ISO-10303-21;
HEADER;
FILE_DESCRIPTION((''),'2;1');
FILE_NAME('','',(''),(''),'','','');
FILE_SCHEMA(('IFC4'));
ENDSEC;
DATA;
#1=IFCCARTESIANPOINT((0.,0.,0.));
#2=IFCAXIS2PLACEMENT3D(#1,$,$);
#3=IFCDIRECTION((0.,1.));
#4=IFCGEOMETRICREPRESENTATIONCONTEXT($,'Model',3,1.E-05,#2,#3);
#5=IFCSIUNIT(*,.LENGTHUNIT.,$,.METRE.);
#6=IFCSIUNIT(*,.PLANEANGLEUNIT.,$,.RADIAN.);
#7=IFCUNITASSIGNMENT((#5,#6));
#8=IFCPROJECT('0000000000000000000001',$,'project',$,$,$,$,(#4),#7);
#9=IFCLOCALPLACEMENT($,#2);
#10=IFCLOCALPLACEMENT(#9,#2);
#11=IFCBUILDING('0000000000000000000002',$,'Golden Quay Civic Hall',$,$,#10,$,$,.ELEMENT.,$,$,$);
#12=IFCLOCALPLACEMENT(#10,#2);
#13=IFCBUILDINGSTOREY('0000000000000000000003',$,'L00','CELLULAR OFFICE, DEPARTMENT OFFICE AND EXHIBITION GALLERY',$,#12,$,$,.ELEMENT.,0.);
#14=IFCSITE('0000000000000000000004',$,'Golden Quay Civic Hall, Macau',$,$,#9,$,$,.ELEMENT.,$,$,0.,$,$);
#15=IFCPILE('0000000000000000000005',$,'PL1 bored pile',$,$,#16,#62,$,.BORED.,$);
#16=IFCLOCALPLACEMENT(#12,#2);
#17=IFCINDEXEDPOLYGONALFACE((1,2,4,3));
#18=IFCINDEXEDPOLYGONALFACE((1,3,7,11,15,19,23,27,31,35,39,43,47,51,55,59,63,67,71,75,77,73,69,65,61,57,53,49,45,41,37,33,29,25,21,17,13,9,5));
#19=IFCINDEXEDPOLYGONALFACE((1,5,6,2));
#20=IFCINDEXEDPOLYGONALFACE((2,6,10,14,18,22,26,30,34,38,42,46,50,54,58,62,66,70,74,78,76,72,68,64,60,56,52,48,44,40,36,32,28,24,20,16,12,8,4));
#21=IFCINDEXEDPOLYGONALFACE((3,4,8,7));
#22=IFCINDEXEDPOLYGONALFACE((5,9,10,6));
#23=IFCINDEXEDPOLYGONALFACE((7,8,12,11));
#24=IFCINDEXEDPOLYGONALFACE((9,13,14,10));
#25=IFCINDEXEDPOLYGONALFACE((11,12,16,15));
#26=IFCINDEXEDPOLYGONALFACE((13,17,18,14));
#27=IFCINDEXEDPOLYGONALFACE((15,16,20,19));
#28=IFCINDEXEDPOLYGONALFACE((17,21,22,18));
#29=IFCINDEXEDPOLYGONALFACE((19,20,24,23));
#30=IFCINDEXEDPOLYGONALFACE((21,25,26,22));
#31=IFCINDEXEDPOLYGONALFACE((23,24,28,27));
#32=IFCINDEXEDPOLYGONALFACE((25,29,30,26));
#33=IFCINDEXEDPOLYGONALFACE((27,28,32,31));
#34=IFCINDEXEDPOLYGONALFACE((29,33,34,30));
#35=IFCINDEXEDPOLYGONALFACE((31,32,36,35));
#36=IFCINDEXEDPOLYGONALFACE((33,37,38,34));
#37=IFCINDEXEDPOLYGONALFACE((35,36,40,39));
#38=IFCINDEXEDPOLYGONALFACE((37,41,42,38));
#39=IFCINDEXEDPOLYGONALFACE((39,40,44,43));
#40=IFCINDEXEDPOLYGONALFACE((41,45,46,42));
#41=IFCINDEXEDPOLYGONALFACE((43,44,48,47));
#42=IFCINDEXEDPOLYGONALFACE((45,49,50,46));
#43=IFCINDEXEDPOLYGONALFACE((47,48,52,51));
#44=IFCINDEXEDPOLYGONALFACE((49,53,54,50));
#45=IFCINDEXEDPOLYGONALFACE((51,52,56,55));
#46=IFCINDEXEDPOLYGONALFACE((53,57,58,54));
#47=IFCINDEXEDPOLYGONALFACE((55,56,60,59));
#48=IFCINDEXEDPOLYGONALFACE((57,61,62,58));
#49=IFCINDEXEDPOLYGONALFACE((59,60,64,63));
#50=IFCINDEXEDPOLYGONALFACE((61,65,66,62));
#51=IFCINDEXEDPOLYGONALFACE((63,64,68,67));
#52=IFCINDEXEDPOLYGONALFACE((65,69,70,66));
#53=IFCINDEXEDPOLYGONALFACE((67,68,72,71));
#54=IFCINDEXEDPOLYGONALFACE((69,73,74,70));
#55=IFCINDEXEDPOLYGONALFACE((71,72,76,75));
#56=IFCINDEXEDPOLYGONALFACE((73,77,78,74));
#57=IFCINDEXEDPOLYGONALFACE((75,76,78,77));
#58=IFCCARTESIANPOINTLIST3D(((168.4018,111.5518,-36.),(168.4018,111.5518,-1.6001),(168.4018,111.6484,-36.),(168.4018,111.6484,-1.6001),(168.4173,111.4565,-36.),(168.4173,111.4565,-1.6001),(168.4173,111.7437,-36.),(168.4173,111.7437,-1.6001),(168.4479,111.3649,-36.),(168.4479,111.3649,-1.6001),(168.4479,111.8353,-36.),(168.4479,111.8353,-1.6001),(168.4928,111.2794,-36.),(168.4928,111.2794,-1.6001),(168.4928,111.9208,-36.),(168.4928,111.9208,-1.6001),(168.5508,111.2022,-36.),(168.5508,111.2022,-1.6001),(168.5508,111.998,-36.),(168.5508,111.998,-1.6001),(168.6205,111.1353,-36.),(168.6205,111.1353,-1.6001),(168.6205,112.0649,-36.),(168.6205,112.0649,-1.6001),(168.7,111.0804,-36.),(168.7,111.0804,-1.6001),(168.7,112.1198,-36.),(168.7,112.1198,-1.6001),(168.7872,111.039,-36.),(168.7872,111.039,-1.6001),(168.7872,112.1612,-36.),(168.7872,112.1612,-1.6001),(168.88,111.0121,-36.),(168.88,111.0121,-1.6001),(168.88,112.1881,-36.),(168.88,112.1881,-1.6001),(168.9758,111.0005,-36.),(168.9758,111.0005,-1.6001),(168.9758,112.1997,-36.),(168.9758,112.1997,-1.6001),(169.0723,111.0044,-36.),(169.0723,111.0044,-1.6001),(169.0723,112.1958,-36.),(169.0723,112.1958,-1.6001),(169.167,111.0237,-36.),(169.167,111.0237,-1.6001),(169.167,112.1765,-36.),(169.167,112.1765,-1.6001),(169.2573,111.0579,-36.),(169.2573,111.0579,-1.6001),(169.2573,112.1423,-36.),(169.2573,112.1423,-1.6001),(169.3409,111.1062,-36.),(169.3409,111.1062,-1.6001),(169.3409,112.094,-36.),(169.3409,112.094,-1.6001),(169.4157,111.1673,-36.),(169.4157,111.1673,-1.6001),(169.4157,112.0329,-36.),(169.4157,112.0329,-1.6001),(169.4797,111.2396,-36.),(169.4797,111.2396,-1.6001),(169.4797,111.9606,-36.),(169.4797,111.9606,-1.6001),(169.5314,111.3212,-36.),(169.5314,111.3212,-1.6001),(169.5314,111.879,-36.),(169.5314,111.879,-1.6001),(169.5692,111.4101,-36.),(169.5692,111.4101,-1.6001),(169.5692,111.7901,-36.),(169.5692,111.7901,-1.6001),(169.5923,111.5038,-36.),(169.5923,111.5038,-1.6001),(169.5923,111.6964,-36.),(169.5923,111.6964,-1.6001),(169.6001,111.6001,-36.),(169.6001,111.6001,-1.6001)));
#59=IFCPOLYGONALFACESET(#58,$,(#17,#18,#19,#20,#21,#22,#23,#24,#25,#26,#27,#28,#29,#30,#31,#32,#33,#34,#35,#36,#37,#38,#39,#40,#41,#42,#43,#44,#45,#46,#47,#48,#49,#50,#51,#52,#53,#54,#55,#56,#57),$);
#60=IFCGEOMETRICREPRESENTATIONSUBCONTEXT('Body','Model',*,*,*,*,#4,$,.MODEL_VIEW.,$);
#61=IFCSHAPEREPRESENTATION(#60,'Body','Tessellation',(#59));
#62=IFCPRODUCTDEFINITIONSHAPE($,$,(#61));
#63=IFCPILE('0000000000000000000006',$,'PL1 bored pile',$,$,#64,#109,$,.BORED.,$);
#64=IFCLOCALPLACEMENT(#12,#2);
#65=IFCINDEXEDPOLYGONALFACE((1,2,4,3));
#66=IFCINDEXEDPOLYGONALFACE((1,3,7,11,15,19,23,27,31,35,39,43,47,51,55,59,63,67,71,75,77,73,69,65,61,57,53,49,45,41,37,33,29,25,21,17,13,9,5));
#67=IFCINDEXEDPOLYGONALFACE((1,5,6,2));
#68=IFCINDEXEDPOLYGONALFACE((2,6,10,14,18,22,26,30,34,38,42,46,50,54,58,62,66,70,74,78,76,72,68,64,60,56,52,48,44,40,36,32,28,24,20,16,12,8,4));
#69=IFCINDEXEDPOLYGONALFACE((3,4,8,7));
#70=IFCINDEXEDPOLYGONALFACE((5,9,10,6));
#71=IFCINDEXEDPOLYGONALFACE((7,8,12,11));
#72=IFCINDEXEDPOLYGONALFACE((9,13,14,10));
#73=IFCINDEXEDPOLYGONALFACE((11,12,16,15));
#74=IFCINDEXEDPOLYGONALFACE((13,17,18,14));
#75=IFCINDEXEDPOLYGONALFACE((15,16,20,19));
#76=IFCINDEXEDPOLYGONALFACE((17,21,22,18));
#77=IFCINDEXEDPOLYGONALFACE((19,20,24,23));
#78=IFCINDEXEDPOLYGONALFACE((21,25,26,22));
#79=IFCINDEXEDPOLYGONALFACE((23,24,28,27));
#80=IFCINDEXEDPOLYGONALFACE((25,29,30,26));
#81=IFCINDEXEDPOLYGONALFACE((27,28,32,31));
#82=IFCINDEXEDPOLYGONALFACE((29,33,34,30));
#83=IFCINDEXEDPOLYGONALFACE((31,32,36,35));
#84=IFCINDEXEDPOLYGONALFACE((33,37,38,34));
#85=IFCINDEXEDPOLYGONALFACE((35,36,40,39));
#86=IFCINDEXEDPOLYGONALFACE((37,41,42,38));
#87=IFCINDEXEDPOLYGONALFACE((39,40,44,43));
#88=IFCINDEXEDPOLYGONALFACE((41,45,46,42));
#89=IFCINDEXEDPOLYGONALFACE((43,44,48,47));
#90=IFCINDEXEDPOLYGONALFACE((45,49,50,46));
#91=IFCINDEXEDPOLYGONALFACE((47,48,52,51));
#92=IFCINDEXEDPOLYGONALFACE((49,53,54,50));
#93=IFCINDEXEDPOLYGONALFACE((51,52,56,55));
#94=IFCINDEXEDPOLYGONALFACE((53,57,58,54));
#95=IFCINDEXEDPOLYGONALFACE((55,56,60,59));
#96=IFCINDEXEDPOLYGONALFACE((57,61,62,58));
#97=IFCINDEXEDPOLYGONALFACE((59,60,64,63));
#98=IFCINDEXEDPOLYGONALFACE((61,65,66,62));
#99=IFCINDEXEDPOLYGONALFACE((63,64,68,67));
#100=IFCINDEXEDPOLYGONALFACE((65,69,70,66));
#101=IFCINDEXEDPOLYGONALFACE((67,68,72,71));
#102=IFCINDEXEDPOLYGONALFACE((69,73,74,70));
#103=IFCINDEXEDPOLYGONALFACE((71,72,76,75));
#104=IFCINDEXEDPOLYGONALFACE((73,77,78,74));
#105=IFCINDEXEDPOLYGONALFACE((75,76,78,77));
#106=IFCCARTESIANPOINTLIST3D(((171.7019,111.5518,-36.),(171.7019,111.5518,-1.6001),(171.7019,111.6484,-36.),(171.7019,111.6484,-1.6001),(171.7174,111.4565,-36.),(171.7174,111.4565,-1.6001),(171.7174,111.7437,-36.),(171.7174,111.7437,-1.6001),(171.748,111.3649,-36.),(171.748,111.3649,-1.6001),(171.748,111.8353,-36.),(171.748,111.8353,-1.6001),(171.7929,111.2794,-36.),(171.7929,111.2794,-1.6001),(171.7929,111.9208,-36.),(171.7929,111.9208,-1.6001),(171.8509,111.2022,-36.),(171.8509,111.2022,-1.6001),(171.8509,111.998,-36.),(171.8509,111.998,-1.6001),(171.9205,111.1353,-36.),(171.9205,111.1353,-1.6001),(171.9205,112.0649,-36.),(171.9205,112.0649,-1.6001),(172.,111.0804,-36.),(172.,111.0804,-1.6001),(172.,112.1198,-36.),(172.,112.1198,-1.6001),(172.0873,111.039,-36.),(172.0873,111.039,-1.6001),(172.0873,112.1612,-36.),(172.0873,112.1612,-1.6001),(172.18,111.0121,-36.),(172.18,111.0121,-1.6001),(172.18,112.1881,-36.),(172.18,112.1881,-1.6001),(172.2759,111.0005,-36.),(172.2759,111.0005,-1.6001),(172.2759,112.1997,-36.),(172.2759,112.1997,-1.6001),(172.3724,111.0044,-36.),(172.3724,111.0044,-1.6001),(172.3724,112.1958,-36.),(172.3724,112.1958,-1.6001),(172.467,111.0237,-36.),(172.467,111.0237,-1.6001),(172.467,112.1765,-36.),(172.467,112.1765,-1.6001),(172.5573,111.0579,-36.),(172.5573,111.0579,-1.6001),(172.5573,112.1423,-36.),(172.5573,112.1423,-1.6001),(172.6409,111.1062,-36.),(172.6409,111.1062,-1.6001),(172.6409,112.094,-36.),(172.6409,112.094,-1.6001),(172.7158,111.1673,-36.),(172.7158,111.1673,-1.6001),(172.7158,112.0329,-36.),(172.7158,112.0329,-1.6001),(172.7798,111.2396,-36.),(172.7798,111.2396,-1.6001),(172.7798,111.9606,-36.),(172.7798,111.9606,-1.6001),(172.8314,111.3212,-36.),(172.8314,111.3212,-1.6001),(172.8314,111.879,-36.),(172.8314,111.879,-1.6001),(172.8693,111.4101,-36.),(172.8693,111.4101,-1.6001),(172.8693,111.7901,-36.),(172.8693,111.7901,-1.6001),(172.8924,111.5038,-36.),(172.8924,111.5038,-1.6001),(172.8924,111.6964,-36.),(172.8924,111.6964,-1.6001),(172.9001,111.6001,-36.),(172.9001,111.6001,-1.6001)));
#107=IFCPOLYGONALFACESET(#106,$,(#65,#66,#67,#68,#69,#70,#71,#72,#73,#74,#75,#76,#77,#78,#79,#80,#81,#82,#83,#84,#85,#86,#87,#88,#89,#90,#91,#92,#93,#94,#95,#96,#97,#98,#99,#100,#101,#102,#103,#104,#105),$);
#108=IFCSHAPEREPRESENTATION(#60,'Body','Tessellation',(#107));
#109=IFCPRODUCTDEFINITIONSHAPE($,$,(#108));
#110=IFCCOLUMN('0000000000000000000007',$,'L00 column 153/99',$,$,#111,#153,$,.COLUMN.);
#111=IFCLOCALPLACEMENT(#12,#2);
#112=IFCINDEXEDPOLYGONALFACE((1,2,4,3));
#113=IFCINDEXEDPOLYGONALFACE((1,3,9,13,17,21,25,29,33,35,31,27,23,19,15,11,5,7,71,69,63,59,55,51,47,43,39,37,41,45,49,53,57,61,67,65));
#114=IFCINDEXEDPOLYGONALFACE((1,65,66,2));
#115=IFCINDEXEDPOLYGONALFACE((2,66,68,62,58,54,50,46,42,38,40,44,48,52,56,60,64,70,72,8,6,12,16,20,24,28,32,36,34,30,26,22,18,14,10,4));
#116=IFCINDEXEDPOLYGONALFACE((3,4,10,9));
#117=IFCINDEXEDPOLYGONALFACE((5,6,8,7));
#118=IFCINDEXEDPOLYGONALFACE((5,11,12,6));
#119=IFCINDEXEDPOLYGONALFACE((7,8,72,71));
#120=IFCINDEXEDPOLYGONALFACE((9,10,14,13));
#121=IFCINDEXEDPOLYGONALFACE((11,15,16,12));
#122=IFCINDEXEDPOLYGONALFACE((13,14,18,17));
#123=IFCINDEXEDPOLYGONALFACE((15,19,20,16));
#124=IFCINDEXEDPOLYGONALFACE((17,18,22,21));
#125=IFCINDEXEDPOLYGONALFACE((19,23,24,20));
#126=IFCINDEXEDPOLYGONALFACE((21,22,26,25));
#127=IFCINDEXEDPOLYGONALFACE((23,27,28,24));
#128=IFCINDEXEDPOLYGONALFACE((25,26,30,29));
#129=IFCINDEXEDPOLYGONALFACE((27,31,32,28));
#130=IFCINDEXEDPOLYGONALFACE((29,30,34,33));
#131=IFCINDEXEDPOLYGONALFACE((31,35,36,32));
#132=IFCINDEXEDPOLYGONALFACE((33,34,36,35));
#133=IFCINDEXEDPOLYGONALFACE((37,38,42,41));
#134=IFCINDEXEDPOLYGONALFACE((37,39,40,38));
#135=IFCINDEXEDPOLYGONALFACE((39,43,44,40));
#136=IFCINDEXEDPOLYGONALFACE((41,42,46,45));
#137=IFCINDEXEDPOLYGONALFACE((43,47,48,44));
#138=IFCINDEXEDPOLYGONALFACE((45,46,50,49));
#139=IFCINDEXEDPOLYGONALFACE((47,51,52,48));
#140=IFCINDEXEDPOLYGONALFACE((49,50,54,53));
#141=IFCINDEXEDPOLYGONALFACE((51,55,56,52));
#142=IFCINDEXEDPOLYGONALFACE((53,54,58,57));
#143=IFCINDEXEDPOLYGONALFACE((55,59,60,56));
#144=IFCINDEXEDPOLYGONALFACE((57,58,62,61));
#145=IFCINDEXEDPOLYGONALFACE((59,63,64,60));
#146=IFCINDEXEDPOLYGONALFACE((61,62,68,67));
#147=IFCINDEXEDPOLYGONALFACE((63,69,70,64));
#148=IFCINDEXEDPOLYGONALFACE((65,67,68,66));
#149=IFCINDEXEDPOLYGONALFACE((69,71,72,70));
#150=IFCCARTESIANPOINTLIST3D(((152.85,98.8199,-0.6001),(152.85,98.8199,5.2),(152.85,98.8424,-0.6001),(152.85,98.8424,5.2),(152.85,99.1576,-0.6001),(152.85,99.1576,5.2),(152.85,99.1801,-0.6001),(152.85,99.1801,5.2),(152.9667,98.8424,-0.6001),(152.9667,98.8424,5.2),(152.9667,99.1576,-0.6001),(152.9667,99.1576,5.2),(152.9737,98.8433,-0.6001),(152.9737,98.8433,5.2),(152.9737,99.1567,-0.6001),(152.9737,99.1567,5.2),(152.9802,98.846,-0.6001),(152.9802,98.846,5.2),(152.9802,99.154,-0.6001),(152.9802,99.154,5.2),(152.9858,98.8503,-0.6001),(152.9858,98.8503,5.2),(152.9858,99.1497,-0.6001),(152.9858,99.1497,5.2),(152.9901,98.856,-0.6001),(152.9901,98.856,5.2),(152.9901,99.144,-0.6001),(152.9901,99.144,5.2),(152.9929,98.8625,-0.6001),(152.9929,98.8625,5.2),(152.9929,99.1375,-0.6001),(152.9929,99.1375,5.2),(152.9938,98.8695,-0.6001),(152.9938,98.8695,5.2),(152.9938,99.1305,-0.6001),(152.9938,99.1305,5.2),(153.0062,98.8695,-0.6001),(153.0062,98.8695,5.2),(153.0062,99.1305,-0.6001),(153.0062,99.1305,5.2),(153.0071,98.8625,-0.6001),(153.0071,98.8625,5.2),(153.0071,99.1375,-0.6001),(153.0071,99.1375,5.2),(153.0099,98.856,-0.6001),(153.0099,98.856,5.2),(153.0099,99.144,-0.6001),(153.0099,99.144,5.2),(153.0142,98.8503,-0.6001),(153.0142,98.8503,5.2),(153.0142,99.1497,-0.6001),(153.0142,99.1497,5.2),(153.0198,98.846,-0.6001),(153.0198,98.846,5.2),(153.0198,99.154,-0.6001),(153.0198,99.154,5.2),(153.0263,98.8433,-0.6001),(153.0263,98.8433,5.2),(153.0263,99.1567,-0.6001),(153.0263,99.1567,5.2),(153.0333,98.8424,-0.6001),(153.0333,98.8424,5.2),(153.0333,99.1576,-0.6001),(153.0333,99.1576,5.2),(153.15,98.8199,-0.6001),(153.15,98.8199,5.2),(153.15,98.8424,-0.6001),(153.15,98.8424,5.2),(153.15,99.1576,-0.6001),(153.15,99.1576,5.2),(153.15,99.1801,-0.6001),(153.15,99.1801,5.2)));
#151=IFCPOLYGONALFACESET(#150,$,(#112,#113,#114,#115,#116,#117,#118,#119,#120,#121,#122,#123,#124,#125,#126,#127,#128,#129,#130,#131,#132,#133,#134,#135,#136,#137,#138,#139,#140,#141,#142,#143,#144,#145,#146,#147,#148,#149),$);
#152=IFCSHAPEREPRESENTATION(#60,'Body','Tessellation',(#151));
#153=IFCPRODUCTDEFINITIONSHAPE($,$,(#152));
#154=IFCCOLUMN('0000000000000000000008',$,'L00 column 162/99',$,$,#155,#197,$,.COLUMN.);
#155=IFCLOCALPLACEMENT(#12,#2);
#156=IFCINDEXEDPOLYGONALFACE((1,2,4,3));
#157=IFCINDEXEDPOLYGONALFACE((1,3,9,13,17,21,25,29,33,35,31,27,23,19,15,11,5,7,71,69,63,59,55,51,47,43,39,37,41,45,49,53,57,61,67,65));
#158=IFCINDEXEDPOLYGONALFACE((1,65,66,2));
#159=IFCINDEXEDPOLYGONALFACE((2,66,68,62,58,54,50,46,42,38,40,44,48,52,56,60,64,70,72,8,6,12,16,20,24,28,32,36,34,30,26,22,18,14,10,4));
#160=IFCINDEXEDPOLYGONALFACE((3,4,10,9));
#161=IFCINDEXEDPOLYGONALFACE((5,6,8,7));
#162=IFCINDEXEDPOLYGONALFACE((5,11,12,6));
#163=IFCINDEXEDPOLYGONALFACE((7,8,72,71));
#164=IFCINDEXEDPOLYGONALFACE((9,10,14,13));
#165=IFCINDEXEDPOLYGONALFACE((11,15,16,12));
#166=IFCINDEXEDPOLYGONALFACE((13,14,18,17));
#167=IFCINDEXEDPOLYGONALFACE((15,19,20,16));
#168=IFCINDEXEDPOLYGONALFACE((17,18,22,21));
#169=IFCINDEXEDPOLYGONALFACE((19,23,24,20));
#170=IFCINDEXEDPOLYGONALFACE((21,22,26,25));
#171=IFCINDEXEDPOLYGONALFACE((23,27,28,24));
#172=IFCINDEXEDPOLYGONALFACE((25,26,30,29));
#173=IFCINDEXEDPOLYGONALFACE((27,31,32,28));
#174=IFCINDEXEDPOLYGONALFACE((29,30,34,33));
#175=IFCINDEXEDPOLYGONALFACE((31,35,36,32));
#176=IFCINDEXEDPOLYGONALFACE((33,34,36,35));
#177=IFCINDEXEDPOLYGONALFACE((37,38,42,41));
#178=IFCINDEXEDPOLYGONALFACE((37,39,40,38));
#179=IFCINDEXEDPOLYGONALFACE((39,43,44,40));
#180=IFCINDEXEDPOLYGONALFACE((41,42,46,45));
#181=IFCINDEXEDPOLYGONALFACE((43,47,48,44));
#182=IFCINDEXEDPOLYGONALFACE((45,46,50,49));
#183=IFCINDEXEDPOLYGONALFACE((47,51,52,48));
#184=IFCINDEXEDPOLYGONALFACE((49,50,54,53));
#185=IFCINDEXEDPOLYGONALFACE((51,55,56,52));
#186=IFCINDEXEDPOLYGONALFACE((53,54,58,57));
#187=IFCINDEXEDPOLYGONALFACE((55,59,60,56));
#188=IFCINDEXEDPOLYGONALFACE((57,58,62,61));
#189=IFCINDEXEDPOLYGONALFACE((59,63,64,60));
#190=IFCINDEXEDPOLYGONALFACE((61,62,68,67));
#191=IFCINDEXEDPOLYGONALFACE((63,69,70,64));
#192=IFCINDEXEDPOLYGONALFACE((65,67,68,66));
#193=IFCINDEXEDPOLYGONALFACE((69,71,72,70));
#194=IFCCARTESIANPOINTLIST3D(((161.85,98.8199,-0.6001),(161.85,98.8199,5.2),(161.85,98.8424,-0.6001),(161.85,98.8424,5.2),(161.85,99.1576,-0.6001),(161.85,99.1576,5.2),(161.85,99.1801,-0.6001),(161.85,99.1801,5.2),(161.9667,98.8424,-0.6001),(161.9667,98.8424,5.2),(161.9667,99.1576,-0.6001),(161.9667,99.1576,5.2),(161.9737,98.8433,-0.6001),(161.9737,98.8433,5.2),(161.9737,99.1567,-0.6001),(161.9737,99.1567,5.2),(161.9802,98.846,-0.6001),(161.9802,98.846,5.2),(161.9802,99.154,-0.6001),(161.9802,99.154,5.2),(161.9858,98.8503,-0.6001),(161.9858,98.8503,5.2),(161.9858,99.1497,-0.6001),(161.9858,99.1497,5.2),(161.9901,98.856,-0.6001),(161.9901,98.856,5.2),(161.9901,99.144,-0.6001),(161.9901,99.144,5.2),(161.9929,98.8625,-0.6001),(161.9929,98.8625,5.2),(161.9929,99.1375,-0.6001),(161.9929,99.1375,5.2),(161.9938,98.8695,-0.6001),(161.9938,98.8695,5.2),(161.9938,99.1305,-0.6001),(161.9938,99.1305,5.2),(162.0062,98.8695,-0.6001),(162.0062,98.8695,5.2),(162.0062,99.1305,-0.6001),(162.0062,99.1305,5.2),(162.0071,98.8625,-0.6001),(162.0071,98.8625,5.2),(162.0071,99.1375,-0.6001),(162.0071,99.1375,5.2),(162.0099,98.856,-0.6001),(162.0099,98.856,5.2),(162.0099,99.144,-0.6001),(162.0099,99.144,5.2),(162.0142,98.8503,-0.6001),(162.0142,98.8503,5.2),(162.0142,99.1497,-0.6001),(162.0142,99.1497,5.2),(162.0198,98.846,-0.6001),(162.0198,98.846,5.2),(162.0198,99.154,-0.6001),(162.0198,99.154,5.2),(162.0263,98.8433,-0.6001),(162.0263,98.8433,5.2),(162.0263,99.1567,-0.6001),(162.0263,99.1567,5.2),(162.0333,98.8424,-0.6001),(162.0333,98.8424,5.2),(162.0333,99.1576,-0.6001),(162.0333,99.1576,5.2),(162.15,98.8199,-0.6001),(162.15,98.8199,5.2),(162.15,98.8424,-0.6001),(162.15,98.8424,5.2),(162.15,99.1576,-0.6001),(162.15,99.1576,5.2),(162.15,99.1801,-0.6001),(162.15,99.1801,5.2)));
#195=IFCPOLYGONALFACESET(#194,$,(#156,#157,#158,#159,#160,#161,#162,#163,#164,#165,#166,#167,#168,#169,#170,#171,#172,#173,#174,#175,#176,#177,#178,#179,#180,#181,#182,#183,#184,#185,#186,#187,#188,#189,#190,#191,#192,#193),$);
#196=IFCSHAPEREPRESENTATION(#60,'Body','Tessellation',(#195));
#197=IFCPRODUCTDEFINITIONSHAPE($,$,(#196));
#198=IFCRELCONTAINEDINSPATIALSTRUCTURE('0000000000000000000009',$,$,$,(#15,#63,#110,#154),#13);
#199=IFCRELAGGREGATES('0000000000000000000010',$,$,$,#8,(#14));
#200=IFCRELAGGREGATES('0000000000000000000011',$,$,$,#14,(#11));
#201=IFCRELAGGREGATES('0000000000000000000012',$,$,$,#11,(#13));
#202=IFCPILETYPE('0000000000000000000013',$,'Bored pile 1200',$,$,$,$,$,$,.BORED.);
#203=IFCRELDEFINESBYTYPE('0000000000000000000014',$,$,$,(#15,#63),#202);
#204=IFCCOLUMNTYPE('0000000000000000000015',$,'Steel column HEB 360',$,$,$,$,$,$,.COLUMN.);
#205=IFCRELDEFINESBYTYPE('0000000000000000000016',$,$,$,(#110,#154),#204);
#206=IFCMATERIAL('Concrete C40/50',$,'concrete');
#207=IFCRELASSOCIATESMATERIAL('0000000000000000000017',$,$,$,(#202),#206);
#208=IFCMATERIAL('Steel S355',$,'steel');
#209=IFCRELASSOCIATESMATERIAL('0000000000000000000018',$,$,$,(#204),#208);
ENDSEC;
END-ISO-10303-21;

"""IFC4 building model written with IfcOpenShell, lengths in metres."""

from ifc_helpers import new_model, si_unit, direction, frame, origin, origin_2d, place, context, subcontext, project, spatial, circle, i_section, extrude, material, material_profile, profile_set, type_object, element, save


model = new_model("IFC4")

# Units and contexts
model_context = context("Model", 3, precision=1e-05, world=origin(), true_north=direction((0.0, 1.0)))
body_context = subcontext(model_context, "Body", "Model", "MODEL_VIEW")
ifc_project = project(units=[si_unit("LENGTHUNIT", "METRE"), si_unit("PLANEANGLEUNIT", "RADIAN")], contexts=[model_context])

# Site, building, storey
site_placement = place(None, origin())
site = spatial("IfcSite", under=ifc_project, at=site_placement, Name="Golden Quay Civic Hall, Macau", CompositionType="ELEMENT", RefElevation=0.0)
building_placement = place(site_placement, origin())
building = spatial("IfcBuilding", under=site, at=building_placement, Name="Golden Quay Civic Hall", CompositionType="ELEMENT")
storey_placement = place(building_placement, origin())
storey = spatial("IfcBuildingStorey", under=building, at=storey_placement, Name="L00", Description="CELLULAR OFFICE, DEPARTMENT OFFICE AND EXHIBITION GALLERY", CompositionType="ELEMENT", Elevation=0.0)

# Piles
ifc_material_1 = material(Name="Concrete C40/50", Category="concrete")
ifc_material_profile_1 = material_profile(ifc_material_1, circle(Radius=0.6001, at=origin_2d()), Name="RC D1200")
ifc_profile_set_1 = profile_set([ifc_material_profile_1], Name="Concrete C40/50")
pile_type = type_object("IfcPileType", Name="Bored pile 1200", PredefinedType="BORED", material=ifc_profile_set_1)
for number, where, z_axis, x_axis, name in (
    (1, (169.0, 111.6001, -1.6001), (0.0, 0.0, -1.0), (1.0, 0.0, 0.0), "PL1 bored pile"),
    (2, (172.3, 111.6001, -1.6001), (0.0, 0.0, -1.0), (1.0, 0.0, 0.0), "PL1 bored pile"),
):
    element("IfcPile", number, at=place(storey_placement, frame(where, z_axis=z_axis, x_axis=x_axis)), inside=storey, type_object=pile_type, Name=name, PredefinedType="BORED", context=body_context, shape_type="SweptSolid", body=[
        extrude(circle(Radius=0.6001, at=origin_2d()), origin(), (0.0, 0.0, 1.0), 34.3999),
    ])

# Columns
ifc_material_2 = material(Name="Steel S355", Category="steel")
ifc_material_profile_2 = material_profile(ifc_material_2, i_section(OverallWidth=0.3, OverallDepth=0.3601, WebThickness=0.0125, FlangeThickness=0.0225, FilletRadius=0.0271, at=origin_2d()), Name="HEB 360")
ifc_profile_set_2 = profile_set([ifc_material_profile_2], Name="Steel S355")
column_type = type_object("IfcColumnType", Name="Steel column HEB 360", PredefinedType="COLUMN", material=ifc_profile_set_2)
for number, where, z_axis, x_axis, name in (
    (3, (153.0, 99.0, -0.6001), (0.0, 0.0, 1.0), (1.0, 0.0, 0.0), "L00 column 153/99"),
    (4, (162.0, 99.0, -0.6001), (0.0, 0.0, 1.0), (1.0, 0.0, 0.0), "L00 column 162/99"),
):
    element("IfcColumn", number, at=place(storey_placement, frame(where, z_axis=z_axis, x_axis=x_axis)), inside=storey, type_object=column_type, Name=name, PredefinedType="COLUMN", context=body_context, shape_type="SweptSolid", body=[
        extrude(i_section(OverallWidth=0.3, OverallDepth=0.3601, WebThickness=0.0125, FlangeThickness=0.0225, FilletRadius=0.0271, at=origin_2d()), origin(), (0.0, 0.0, 1.0), 5.8),
    ])

save(model, "model.ifc")
